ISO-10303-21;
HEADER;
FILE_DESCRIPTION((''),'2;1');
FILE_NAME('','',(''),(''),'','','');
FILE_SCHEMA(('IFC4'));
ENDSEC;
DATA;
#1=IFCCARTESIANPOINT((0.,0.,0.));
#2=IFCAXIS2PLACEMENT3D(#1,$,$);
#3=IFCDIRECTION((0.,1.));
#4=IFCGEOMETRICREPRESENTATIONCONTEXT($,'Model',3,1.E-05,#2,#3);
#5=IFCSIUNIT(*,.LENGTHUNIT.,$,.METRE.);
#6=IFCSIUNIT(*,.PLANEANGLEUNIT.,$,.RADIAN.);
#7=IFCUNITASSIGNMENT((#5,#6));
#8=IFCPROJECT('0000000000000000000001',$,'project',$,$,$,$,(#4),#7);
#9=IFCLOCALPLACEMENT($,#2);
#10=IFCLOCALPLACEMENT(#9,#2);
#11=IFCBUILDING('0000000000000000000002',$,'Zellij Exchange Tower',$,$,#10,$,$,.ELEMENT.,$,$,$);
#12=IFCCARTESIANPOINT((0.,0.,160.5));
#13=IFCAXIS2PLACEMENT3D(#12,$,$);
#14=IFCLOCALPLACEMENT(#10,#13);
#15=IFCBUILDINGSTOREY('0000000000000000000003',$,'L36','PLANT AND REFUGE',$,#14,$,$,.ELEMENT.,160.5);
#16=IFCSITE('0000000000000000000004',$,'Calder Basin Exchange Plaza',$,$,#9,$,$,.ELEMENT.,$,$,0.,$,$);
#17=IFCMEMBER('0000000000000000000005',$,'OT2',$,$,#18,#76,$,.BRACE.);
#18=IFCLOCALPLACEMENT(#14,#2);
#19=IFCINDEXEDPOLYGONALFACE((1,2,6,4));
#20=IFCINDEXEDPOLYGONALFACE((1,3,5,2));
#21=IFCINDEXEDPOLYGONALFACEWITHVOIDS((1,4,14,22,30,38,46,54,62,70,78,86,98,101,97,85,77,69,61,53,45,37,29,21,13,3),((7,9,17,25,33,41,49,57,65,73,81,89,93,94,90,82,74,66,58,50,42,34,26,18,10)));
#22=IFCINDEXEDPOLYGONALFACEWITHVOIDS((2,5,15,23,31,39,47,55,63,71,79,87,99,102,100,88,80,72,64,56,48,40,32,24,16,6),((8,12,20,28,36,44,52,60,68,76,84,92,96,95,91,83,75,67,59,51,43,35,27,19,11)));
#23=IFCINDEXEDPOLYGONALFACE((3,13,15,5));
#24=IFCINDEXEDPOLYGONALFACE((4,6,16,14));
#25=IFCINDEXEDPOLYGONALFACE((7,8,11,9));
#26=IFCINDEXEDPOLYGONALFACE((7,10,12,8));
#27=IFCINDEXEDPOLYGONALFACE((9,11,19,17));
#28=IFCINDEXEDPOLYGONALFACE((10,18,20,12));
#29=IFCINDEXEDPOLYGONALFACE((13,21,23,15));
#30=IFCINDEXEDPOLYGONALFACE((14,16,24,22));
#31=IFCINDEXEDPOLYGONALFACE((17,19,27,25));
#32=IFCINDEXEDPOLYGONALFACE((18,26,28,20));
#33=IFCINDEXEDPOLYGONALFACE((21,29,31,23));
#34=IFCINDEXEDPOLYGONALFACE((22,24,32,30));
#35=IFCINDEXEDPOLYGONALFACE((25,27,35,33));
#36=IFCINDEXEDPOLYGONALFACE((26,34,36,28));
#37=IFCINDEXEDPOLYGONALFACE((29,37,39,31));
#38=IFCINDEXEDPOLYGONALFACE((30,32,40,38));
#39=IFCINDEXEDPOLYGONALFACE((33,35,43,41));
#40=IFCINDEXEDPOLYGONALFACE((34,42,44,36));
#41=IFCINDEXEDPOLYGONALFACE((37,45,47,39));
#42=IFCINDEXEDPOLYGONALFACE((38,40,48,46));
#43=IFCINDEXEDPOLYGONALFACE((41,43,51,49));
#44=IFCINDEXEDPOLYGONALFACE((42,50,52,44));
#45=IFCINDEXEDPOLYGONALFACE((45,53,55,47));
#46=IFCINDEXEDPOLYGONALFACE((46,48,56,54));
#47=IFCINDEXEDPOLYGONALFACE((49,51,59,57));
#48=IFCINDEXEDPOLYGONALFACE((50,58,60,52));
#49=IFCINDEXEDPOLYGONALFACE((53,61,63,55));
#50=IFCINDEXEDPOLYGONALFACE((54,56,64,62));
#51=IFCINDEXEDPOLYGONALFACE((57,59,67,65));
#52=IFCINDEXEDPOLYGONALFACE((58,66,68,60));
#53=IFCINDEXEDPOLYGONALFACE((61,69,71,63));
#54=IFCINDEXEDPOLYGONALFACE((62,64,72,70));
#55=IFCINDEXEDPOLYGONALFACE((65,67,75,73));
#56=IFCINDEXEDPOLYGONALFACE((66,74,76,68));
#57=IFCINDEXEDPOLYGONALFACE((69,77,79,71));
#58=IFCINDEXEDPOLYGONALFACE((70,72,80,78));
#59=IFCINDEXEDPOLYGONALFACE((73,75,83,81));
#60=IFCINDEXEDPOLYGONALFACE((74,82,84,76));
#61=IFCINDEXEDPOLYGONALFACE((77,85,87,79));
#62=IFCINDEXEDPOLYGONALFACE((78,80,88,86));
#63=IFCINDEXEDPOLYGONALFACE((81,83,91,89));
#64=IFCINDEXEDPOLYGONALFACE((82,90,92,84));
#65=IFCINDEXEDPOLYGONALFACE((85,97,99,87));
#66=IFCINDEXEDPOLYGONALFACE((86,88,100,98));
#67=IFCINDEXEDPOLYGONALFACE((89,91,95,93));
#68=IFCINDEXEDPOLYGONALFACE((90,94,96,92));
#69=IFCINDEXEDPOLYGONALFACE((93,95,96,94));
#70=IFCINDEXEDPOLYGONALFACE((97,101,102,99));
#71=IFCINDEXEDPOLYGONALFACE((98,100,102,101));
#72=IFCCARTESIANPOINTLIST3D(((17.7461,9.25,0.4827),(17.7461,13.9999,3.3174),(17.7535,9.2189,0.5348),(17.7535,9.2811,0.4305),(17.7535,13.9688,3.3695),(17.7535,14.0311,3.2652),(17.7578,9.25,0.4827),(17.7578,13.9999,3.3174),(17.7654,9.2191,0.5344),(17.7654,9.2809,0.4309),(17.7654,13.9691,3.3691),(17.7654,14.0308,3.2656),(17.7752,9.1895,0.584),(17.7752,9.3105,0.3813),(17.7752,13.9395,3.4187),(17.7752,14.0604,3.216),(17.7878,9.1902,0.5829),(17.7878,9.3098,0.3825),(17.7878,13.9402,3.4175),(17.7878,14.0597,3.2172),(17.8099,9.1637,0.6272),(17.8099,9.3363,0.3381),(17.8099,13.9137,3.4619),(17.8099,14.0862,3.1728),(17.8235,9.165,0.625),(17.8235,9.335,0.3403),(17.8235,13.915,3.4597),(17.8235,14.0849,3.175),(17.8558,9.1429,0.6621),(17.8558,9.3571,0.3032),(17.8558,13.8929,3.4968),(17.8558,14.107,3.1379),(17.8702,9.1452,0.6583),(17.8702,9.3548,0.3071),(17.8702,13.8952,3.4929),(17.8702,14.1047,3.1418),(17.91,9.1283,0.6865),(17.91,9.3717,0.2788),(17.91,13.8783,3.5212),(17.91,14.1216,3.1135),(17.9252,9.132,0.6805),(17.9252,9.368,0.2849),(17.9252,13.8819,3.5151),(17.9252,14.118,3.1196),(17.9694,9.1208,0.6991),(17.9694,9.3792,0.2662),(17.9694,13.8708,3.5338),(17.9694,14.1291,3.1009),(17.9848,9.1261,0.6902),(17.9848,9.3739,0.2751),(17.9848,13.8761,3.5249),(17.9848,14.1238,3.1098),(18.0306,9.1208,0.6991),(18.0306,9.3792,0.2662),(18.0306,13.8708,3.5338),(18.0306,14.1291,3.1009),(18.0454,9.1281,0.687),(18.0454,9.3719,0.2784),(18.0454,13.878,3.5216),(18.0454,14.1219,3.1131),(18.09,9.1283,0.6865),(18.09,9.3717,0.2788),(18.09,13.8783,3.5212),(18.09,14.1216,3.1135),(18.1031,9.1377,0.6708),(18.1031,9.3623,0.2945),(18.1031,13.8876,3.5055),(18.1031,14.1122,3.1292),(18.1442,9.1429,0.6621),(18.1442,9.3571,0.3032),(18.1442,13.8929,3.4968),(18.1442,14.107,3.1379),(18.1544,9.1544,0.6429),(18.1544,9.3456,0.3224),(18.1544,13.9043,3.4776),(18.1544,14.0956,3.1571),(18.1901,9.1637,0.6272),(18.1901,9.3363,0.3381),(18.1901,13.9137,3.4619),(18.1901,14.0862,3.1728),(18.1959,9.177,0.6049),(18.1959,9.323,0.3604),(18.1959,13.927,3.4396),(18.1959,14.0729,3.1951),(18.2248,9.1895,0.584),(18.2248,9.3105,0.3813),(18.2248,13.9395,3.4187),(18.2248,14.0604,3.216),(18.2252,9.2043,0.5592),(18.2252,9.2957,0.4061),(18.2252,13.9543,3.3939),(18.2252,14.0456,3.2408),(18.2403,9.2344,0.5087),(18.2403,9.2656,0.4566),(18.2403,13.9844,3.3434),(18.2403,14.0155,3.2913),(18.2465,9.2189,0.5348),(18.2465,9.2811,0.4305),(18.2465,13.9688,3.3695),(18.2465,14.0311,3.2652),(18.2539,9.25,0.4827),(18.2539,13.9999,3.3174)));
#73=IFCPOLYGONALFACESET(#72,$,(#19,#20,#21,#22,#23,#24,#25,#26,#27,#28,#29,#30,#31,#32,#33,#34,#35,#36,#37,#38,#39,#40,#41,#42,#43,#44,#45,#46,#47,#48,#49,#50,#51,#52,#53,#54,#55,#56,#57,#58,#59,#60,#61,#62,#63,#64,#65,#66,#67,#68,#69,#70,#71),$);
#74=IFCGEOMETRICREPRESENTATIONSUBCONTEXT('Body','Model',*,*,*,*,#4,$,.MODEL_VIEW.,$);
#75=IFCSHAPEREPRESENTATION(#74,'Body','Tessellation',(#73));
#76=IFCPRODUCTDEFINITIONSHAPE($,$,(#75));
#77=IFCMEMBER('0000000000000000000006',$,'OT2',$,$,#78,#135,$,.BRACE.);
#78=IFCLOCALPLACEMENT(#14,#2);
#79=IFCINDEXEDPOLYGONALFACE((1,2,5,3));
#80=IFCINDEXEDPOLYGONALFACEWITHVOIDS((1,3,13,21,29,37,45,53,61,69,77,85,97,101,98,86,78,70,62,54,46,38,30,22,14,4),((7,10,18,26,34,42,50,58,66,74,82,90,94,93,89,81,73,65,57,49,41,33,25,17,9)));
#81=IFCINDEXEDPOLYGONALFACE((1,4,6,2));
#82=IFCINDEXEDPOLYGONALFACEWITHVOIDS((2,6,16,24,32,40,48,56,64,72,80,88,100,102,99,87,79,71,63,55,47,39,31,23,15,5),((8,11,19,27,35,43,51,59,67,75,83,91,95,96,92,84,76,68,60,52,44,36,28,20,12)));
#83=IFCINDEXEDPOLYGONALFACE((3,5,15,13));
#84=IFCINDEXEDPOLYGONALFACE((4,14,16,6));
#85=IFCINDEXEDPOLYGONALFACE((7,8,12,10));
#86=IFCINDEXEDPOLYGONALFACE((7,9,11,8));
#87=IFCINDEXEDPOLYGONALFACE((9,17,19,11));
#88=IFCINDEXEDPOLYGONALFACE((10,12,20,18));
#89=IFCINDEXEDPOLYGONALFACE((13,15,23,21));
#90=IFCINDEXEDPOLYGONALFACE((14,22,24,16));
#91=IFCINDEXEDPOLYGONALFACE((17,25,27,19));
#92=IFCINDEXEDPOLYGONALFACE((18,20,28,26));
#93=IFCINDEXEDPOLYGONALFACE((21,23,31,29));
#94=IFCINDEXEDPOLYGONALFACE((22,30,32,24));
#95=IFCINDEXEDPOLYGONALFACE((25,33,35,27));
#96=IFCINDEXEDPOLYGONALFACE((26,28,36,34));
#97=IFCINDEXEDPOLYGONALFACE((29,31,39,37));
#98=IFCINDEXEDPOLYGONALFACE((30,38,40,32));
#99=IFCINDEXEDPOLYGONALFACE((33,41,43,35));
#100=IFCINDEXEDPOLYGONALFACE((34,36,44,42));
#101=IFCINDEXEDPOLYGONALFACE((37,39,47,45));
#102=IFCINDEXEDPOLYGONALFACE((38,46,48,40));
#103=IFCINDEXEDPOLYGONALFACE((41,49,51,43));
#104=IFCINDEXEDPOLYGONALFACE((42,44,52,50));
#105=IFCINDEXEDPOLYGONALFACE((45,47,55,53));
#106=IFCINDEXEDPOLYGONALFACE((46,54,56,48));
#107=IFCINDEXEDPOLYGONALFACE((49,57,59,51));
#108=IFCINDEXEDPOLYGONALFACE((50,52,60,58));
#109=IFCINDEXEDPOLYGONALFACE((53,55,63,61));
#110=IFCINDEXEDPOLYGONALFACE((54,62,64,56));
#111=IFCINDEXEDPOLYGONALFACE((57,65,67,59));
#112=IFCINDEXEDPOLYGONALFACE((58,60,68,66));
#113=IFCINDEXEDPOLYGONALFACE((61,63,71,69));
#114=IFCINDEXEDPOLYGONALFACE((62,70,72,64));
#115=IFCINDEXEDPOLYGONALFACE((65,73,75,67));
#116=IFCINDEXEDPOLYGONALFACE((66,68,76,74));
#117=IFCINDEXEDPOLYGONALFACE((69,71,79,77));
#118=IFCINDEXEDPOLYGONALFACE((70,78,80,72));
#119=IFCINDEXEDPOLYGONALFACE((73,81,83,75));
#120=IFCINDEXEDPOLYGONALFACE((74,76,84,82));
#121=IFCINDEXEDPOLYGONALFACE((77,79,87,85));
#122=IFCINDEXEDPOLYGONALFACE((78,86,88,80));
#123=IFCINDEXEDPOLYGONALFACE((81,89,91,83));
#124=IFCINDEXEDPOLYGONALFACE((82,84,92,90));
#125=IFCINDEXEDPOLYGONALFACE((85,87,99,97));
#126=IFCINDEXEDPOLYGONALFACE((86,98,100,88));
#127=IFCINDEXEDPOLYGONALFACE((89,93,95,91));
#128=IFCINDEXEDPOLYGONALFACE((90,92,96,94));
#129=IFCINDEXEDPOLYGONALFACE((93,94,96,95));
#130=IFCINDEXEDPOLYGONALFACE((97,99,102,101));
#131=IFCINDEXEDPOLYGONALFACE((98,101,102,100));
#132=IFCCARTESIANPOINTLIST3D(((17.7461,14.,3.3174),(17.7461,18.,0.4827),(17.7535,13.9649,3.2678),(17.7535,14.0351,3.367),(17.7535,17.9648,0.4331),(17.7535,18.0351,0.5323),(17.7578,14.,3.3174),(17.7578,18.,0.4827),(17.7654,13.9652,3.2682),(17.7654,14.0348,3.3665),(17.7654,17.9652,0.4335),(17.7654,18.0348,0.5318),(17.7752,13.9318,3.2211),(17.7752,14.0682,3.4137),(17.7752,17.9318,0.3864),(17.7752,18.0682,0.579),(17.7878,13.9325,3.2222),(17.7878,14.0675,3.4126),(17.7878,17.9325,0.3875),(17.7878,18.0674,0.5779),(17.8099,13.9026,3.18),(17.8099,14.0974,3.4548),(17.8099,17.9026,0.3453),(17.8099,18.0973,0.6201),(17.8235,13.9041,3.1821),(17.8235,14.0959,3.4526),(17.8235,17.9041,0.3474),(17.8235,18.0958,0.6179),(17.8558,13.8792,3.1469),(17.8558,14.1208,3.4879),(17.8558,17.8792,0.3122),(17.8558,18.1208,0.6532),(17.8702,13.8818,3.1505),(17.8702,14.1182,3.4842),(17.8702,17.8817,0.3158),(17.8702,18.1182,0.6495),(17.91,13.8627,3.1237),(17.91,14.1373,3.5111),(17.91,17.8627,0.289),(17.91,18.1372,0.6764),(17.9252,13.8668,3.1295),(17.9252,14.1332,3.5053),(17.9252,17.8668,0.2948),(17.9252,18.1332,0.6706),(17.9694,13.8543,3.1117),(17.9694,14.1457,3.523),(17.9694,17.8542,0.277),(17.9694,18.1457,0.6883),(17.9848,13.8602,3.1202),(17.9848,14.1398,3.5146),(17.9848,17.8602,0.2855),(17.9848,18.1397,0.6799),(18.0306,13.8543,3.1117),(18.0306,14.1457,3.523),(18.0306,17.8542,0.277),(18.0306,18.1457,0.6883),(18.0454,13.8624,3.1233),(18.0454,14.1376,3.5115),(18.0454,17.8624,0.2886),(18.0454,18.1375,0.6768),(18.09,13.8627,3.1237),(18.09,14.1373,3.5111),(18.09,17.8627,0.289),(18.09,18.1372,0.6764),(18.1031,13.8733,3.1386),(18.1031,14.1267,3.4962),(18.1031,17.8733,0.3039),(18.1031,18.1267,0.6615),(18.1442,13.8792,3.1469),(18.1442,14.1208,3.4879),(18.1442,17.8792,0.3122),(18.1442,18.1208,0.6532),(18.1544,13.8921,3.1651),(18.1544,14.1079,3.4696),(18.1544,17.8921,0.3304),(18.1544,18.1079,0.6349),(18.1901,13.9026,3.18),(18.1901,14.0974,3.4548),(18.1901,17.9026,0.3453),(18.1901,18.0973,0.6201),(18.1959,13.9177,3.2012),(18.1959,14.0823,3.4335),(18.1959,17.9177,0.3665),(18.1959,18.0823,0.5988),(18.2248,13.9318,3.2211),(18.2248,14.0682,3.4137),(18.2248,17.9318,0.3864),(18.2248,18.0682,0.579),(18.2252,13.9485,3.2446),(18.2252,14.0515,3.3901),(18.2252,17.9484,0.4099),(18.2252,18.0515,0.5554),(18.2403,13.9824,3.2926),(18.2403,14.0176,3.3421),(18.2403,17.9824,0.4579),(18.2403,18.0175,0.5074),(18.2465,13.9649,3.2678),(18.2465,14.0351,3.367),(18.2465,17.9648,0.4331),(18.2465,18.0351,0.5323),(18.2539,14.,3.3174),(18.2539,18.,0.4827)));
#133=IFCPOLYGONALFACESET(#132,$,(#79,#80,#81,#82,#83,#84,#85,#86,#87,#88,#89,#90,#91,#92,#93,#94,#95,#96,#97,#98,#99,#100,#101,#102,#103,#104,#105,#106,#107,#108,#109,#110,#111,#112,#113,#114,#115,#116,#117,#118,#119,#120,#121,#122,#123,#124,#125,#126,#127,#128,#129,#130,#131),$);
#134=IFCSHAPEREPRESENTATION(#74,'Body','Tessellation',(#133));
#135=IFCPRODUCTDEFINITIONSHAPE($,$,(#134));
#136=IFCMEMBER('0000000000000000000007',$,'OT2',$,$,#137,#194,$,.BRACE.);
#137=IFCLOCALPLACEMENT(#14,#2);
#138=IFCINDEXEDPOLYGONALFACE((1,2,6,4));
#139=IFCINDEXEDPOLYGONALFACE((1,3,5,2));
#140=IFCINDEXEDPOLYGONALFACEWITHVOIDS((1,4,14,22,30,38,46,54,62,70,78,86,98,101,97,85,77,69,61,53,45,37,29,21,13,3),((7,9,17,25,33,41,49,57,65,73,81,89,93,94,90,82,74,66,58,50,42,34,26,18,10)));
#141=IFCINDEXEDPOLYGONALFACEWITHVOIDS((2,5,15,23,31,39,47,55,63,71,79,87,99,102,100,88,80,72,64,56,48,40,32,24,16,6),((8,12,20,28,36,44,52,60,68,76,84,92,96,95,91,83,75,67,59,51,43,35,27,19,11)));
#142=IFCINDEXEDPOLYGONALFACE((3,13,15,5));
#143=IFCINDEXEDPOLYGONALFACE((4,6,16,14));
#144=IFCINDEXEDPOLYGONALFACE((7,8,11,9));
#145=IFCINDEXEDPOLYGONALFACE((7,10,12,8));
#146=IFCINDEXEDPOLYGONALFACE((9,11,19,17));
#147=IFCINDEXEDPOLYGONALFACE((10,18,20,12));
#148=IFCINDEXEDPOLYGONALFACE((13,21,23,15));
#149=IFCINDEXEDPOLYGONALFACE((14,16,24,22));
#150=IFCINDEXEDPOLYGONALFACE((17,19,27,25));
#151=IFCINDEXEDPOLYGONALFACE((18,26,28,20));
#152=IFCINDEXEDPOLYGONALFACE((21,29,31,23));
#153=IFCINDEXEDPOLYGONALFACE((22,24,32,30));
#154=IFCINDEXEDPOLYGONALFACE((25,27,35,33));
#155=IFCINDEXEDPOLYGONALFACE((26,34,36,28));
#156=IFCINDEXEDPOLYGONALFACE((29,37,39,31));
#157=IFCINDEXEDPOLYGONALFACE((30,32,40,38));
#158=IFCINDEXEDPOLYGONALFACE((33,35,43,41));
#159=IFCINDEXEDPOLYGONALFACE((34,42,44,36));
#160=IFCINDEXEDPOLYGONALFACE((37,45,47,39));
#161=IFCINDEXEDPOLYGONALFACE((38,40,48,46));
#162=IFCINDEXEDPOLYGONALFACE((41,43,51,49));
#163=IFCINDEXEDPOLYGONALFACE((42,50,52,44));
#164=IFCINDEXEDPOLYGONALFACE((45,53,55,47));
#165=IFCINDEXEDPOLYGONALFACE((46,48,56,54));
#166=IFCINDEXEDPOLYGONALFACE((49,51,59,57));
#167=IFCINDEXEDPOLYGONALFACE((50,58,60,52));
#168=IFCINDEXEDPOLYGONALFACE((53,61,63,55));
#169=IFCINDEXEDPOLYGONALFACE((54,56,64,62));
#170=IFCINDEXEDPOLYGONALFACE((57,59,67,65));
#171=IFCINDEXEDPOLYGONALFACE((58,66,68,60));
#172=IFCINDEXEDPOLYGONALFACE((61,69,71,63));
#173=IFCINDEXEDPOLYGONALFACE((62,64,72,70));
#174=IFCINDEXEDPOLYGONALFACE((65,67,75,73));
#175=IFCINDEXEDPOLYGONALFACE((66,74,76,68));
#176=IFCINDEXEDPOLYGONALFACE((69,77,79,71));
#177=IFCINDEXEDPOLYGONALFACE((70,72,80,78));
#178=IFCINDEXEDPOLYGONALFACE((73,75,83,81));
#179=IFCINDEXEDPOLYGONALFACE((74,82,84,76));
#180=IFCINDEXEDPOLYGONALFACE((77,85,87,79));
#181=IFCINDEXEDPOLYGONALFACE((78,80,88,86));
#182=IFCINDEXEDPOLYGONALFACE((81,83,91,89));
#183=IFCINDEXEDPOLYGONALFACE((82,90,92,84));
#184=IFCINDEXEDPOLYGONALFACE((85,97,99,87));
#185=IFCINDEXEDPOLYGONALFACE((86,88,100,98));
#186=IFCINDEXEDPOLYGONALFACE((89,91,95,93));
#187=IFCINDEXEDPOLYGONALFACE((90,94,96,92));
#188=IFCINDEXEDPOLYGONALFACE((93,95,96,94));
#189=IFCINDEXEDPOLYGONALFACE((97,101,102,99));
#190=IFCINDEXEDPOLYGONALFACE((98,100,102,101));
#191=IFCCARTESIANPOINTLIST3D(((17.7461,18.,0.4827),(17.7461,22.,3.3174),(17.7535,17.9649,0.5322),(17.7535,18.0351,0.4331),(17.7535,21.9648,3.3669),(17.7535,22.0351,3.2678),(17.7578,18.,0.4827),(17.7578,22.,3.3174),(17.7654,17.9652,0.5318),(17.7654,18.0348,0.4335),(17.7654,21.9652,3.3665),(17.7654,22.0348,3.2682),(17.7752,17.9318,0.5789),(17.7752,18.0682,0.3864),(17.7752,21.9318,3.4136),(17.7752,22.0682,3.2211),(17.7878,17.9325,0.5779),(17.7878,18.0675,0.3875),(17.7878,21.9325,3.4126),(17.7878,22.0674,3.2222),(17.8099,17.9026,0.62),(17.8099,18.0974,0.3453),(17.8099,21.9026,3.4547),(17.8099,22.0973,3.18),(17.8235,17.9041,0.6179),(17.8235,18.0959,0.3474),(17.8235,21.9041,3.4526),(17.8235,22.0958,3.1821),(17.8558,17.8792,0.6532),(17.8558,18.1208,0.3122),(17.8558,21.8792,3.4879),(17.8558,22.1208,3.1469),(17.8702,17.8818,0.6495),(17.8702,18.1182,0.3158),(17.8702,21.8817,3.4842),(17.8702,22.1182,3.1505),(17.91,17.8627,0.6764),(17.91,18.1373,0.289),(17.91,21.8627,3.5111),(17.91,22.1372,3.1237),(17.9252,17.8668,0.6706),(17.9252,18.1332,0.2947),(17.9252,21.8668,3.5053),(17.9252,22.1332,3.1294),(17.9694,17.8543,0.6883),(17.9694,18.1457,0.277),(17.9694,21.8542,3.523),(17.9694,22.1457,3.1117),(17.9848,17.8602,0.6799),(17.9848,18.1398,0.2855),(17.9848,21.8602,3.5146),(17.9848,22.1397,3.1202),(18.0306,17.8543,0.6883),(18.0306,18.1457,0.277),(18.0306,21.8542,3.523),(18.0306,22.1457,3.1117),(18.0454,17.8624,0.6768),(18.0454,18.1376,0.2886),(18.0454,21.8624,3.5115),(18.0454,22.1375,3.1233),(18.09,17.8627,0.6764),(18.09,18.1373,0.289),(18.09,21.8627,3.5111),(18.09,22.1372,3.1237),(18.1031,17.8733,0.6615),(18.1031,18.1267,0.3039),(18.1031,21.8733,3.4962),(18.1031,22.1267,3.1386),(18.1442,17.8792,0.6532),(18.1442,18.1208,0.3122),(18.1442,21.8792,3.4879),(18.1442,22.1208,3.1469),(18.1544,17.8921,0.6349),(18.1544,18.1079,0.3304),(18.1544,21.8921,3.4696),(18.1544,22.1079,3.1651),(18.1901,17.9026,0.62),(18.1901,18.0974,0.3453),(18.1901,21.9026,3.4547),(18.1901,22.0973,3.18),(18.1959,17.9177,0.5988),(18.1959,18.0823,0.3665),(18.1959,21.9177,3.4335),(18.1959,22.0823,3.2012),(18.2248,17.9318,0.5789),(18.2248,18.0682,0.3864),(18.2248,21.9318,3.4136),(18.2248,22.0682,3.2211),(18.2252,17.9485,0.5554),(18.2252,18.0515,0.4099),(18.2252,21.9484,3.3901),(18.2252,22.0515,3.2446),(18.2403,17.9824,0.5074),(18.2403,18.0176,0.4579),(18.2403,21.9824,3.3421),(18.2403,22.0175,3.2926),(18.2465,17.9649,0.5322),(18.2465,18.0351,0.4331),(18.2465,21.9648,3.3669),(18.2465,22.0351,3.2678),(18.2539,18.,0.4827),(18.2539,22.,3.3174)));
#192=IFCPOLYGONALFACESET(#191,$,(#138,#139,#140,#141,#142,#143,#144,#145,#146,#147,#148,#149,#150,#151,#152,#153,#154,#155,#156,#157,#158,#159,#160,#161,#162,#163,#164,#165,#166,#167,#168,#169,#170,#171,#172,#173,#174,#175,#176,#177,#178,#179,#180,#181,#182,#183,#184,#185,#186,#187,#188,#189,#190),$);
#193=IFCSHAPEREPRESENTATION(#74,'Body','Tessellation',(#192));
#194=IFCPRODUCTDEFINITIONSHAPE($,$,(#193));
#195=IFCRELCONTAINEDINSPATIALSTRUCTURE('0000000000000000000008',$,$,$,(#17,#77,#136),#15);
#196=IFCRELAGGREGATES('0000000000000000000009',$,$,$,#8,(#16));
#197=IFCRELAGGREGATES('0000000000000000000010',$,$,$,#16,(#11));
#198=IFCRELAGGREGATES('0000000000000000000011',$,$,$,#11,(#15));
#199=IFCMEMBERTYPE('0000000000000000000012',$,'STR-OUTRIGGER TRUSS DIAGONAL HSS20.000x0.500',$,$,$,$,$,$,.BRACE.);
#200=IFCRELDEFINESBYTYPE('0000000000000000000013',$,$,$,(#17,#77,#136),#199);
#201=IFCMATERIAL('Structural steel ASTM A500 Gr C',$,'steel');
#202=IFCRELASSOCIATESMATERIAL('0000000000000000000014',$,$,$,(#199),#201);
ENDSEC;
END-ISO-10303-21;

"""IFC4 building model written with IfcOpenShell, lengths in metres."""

from ifc_helpers import new_model, si_unit, direction, frame, origin, origin_2d, place, context, subcontext, project, spatial, hollow_circle, extrude, material, material_profile, profile_set, type_object, element, save


model = new_model("IFC4")

# Units and contexts
model_context = context("Model", 3, precision=1e-05, world=origin(), true_north=direction((0.0, 1.0)))
body_context = subcontext(model_context, "Body", "Model", "MODEL_VIEW")
ifc_project = project(units=[si_unit("LENGTHUNIT", "METRE"), si_unit("PLANEANGLEUNIT", "RADIAN")], contexts=[model_context])

# Site, building, storey
site_placement = place(None, origin())
site = spatial("IfcSite", under=ifc_project, at=site_placement, Name="Calder Basin Exchange Plaza", CompositionType="ELEMENT", RefElevation=0.0)
building_placement = place(site_placement, origin())
building = spatial("IfcBuilding", under=site, at=building_placement, Name="Zellij Exchange Tower", CompositionType="ELEMENT")
storey_placement = place(building_placement, frame((0.0, 0.0, 160.5)))
storey = spatial("IfcBuildingStorey", under=building, at=storey_placement, Name="L36", Description="PLANT AND REFUGE", CompositionType="ELEMENT", Elevation=160.5)

# Members
ifc_material_1 = material(Name="Structural steel ASTM A500 Gr C", Category="steel")
ifc_material_profile_1 = material_profile(ifc_material_1, hollow_circle(Radius=0.2539, WallThickness=0.0117, at=origin_2d()), Name="STR-OUTRIGGER TRUSS DIAGONAL HSS20.000x0.500")
ifc_profile_set_1 = profile_set([ifc_material_profile_1], Name="Structural steel ASTM A500 Gr C")
member_type_1 = type_object("IfcMemberType", Name="STR-OUTRIGGER TRUSS DIAGONAL HSS20.000x0.500", PredefinedType="BRACE", material=ifc_profile_set_1)
member_placement = place(storey_placement, frame((18.0, 9.25, 0.4827), z_axis=(0.0, 0.858709, 0.512463), x_axis=(-1.0, 0.0, 0.0)))
element("IfcMember", 1, at=member_placement, inside=storey, type_object=member_type_1, Name="OT2", PredefinedType="BRACE", context=body_context, shape_type="SweptSolid", body=[
    extrude(hollow_circle(Radius=0.2539, WallThickness=0.0117, at=origin_2d()), origin(), (0.0, 0.0, 1.0), 5.5315),
])
for number, where, z_axis, x_axis, name in (
    (2, (18.0, 14.0, 3.3174), (0.0, 0.815891, -0.578205), (-1.0, 0.0, 0.0), "OT2"),
    (3, (18.0, 18.0, 0.4827), (0.0, 0.815891, 0.578205), (-1.0, 0.0, 0.0), "OT2"),
):
    element("IfcMember", number, at=place(storey_placement, frame(where, z_axis=z_axis, x_axis=x_axis)), inside=storey, type_object=member_type_1, Name=name, PredefinedType="BRACE", context=body_context, shape_type="SweptSolid", body=[
        extrude(hollow_circle(Radius=0.2539, WallThickness=0.0117, at=origin_2d()), origin(), (0.0, 0.0, 1.0), 4.9026),
    ])

save(model, "model.ifc")
